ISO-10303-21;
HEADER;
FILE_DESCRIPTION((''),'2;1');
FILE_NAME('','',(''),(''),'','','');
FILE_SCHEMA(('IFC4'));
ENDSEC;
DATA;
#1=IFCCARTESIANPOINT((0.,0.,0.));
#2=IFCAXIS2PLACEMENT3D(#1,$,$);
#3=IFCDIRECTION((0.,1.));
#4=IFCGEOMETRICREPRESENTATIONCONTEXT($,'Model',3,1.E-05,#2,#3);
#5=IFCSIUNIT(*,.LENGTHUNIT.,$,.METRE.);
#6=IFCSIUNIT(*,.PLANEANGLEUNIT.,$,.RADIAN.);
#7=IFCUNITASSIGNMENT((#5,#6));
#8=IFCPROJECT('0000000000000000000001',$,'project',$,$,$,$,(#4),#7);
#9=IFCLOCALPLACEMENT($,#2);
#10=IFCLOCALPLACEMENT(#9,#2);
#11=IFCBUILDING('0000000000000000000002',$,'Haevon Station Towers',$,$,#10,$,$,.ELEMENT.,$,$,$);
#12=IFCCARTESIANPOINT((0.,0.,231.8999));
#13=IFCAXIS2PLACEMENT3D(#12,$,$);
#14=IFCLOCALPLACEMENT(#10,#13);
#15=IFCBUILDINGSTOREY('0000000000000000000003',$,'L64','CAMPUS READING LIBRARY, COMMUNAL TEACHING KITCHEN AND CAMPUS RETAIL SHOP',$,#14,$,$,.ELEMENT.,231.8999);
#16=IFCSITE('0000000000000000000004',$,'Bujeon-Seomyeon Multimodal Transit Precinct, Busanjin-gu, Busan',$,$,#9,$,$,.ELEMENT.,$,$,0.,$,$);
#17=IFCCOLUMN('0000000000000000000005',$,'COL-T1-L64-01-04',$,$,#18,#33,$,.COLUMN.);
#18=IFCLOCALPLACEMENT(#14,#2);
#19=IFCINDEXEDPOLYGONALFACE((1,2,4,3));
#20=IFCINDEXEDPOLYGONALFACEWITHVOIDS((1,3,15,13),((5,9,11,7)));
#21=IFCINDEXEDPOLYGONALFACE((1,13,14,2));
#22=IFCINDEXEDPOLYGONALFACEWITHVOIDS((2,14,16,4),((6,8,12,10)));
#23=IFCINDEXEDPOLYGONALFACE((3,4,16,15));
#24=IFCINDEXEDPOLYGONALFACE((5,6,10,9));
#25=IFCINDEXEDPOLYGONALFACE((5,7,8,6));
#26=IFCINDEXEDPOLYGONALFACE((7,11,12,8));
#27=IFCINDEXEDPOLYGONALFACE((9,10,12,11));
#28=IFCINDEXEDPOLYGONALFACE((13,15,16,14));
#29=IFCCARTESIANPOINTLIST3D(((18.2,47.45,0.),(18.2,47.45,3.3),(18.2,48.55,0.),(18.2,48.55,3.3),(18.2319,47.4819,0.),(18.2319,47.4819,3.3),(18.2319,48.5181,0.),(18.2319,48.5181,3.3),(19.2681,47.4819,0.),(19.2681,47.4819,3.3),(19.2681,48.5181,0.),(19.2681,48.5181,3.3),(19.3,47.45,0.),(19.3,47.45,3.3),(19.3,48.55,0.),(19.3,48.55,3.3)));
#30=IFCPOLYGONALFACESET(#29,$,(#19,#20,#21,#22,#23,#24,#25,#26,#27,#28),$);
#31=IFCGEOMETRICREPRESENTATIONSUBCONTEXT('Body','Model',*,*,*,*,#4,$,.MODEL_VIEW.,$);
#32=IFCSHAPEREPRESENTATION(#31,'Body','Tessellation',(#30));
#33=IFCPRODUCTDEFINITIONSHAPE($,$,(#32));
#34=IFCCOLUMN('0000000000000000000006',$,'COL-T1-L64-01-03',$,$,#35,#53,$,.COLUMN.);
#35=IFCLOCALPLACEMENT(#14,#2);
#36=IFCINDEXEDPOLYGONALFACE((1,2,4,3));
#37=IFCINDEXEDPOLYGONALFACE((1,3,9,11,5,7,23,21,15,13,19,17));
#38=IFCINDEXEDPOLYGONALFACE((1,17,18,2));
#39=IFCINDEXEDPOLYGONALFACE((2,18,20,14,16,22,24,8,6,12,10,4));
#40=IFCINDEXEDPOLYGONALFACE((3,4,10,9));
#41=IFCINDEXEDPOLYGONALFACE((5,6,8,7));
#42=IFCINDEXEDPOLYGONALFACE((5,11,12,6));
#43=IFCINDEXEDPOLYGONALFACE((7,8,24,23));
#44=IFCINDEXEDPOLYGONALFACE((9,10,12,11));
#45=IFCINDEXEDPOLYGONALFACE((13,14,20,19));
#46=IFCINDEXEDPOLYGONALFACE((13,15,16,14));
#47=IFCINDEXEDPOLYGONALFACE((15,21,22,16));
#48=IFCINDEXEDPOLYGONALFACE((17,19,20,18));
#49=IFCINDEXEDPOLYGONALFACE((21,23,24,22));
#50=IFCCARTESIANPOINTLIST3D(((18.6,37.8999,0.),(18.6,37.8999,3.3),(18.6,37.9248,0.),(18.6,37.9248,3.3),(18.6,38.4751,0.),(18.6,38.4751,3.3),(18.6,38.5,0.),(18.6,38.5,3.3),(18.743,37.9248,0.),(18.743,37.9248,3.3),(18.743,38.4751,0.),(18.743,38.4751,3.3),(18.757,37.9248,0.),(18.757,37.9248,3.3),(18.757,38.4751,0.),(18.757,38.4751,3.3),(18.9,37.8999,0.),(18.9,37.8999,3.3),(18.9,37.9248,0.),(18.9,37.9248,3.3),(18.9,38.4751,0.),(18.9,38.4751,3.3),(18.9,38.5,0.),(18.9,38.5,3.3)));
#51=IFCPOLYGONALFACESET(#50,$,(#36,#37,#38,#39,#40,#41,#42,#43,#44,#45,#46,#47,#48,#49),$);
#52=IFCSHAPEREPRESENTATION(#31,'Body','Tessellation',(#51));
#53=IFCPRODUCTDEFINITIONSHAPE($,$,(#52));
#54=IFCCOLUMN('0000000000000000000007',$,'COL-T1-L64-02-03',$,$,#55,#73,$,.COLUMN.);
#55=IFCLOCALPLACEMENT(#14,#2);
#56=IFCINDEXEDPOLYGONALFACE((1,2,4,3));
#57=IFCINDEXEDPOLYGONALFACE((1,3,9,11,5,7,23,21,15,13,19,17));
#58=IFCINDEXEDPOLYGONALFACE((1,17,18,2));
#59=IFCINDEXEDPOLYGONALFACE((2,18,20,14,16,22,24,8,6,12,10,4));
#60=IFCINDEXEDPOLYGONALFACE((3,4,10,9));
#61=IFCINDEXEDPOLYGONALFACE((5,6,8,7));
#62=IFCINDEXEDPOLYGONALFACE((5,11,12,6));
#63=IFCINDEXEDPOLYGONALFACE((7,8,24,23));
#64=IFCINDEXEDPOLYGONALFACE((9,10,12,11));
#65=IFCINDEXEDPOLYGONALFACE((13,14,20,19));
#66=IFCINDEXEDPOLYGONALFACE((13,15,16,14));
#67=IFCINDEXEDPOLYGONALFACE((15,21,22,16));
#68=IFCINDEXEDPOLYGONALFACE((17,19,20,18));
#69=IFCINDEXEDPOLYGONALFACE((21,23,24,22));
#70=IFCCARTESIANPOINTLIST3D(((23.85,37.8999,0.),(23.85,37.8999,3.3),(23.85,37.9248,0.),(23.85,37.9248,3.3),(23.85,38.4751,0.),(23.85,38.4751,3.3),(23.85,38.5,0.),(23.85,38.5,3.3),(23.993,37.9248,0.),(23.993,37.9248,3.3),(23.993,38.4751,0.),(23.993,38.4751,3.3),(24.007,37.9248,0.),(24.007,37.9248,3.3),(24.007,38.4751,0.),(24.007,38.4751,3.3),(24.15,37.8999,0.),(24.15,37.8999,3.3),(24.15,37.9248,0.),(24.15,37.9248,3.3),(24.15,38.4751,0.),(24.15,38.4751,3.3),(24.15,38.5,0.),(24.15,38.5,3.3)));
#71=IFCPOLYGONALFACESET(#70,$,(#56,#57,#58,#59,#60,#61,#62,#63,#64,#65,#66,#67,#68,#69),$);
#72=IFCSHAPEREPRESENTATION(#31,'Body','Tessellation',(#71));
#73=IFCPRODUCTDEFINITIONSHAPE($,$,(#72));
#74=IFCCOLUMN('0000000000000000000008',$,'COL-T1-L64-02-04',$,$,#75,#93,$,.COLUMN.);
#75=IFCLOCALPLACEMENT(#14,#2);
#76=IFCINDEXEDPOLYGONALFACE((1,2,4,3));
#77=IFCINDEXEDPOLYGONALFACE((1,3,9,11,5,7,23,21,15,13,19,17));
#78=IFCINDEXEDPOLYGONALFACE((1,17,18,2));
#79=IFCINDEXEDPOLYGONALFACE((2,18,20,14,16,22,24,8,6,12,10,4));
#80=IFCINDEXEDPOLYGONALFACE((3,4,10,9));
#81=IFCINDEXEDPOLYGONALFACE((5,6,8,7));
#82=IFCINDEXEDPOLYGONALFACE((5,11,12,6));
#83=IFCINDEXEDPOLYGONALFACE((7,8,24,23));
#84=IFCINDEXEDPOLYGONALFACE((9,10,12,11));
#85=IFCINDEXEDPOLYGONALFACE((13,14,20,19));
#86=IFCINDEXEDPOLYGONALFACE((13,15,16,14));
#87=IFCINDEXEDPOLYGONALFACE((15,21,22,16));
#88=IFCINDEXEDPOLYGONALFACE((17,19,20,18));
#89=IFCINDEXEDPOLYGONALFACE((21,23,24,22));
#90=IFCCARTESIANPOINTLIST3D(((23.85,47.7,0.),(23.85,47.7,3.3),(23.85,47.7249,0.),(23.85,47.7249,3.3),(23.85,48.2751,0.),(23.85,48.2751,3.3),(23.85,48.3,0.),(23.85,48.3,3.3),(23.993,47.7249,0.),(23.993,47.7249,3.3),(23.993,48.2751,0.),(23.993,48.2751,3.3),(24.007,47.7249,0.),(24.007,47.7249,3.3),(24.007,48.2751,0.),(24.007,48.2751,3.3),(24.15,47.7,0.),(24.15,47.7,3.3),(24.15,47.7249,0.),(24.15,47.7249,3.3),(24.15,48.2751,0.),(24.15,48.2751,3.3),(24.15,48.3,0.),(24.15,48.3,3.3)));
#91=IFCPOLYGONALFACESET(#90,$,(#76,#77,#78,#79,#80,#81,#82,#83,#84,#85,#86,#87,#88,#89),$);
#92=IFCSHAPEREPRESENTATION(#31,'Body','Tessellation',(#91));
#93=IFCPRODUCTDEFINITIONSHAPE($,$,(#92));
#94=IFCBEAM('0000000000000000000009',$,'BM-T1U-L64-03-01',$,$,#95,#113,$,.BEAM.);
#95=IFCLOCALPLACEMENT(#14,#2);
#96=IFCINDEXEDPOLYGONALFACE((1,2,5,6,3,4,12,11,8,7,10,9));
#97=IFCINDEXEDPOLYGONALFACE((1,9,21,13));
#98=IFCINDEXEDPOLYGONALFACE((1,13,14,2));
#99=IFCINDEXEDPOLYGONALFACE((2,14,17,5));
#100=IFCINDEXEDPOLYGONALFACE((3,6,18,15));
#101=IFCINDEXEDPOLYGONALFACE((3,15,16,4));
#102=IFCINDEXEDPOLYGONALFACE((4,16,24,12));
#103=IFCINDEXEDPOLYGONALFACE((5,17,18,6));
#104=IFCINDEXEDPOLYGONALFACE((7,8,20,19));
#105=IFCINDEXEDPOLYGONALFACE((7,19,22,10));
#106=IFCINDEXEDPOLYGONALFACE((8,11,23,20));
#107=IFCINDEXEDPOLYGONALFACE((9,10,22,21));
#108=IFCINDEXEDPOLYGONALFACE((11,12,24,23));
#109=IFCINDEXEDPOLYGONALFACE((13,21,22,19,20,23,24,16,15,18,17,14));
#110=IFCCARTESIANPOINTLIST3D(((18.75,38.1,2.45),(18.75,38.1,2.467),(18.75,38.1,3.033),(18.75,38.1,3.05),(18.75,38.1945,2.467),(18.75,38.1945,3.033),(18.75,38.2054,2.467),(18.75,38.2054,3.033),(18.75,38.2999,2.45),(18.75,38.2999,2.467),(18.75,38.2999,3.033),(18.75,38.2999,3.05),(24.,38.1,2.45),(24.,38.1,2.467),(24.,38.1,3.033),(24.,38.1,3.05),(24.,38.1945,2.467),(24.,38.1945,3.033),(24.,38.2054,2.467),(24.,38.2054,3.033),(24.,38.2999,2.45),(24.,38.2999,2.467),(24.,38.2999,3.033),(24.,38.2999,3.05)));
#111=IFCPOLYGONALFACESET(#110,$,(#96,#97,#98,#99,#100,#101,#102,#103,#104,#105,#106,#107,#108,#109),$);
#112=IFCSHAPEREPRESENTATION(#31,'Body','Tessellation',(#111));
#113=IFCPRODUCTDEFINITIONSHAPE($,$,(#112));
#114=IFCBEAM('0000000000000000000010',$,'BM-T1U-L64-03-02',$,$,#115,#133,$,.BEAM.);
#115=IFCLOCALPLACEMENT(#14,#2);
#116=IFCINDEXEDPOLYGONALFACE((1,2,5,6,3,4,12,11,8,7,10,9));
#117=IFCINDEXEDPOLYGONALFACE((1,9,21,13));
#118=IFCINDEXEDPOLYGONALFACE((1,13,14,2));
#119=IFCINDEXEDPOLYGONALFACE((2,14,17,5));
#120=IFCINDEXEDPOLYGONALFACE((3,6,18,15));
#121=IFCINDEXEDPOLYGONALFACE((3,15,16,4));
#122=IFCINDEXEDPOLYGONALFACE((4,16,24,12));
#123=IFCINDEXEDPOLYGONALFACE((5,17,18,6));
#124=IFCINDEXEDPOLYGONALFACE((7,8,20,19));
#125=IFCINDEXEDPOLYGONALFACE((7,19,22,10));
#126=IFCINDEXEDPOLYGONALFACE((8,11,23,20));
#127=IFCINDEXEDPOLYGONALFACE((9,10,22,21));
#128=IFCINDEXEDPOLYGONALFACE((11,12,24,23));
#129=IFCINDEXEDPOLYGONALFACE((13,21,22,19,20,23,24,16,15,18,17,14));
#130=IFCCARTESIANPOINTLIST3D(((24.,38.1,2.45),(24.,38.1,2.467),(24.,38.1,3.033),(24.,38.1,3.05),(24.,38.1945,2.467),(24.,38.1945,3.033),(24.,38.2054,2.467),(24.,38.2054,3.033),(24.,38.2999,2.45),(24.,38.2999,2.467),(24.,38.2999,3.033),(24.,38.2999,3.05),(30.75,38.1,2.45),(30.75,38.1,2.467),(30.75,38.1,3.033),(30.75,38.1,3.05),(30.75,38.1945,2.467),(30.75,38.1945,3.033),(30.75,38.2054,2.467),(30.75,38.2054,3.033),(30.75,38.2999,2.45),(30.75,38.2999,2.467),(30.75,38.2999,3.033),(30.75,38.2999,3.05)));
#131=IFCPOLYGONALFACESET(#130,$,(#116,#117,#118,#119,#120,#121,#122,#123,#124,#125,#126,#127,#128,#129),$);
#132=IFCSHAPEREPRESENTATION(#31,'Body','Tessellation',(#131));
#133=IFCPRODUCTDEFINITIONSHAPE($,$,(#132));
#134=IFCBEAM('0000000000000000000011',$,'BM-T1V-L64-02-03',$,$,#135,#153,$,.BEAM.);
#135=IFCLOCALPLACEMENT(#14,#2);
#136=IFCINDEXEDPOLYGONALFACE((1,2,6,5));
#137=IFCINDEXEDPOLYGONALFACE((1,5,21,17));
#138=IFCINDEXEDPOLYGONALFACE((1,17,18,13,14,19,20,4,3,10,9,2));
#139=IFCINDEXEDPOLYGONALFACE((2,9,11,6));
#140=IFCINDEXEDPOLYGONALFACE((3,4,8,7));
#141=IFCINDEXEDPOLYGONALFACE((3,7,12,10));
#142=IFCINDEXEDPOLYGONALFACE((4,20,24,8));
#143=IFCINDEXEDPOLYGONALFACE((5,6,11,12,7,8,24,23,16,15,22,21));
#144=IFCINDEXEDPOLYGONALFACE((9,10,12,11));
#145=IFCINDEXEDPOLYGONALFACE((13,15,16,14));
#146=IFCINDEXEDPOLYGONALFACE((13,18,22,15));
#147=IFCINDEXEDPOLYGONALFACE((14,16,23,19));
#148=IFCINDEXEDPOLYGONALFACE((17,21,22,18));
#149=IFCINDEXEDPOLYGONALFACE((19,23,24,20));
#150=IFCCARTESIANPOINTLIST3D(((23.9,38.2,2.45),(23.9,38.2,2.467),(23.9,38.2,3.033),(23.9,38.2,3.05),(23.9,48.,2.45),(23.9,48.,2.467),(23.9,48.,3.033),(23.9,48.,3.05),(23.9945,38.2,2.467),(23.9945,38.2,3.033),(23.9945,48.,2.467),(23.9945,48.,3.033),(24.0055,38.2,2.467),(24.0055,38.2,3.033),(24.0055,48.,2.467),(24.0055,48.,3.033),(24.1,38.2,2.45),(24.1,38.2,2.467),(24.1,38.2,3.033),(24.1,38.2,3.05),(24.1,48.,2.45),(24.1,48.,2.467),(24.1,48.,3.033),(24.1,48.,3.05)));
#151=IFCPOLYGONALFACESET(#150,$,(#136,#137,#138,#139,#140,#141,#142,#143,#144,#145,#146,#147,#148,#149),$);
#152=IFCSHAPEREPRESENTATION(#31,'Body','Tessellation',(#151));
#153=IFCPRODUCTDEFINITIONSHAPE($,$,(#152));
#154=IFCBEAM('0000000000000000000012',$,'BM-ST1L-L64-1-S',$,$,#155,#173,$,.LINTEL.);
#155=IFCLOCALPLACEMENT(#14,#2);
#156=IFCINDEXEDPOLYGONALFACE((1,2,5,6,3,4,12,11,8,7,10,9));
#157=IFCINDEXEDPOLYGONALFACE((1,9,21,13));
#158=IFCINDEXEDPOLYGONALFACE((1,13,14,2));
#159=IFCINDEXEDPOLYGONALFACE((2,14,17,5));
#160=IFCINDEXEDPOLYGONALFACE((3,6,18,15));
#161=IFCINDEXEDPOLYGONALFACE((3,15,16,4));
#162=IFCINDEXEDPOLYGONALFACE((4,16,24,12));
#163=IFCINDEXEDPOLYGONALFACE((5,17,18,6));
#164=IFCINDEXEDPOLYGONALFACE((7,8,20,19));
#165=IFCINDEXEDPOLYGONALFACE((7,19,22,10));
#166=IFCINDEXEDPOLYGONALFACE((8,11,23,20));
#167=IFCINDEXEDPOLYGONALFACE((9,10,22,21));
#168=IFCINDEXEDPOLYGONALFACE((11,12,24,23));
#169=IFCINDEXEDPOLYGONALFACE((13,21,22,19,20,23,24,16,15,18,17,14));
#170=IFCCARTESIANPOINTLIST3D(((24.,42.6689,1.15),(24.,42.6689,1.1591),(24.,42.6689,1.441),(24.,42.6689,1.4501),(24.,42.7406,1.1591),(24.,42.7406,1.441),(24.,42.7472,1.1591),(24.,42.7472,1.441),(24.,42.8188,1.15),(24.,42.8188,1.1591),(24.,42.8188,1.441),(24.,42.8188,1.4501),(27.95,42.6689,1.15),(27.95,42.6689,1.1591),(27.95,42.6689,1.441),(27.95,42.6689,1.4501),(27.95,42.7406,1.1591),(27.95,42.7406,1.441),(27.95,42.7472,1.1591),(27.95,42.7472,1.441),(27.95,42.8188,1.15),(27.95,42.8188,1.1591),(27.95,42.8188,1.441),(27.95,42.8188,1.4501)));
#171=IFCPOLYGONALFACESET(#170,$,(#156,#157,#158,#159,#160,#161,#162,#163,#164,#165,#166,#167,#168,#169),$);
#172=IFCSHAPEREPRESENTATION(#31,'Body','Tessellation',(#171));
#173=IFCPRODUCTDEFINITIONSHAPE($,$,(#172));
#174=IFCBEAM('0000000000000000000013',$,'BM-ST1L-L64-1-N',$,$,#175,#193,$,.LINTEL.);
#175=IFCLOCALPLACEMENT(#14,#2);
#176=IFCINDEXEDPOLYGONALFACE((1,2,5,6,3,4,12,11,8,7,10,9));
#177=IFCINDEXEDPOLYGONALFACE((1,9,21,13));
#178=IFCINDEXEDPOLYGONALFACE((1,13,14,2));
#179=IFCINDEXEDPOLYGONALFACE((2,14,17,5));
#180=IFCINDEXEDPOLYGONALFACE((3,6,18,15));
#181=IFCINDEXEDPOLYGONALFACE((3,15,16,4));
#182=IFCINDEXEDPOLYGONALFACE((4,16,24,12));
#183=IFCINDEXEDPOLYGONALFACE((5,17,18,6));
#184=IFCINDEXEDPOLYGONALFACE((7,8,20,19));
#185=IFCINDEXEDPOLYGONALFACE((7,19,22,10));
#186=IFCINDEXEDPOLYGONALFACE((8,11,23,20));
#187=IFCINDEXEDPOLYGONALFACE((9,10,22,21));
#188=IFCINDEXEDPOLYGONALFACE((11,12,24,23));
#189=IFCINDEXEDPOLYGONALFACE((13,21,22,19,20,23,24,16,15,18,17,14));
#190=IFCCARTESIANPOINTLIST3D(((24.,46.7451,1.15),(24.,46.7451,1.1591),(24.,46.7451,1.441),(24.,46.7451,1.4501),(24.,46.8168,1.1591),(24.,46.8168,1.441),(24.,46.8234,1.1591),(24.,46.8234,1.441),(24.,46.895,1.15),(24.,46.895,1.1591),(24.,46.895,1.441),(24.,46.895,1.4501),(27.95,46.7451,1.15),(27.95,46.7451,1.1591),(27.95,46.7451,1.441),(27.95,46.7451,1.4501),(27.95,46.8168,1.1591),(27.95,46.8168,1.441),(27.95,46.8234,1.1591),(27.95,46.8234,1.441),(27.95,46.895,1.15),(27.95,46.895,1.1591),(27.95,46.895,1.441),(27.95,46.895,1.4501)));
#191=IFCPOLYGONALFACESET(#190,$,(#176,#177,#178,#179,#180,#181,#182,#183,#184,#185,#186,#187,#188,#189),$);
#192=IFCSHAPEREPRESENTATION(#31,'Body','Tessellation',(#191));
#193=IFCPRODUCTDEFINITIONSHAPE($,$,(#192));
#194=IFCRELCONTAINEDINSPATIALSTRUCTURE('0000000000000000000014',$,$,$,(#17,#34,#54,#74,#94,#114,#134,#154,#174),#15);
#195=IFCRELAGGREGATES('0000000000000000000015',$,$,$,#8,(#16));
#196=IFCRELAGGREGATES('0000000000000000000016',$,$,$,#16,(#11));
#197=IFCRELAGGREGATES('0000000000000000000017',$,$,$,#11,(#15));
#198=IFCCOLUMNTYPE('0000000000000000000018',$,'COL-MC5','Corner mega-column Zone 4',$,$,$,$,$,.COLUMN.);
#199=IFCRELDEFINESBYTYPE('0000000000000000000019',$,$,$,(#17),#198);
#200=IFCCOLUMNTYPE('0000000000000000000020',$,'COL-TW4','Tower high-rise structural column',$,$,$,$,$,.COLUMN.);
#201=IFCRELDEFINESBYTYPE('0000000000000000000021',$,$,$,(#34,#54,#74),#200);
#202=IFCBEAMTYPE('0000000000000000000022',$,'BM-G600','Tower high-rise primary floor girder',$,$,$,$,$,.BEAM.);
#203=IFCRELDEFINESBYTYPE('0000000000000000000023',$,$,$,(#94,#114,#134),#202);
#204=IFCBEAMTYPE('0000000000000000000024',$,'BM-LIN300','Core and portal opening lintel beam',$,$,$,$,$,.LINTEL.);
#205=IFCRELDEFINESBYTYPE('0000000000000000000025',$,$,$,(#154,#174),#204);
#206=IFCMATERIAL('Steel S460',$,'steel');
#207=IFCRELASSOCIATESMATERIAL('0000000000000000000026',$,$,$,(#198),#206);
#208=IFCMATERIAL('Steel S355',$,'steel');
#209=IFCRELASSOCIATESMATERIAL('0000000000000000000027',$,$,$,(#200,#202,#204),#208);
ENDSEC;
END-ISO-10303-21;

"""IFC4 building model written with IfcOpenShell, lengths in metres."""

from ifc_helpers import new_model, si_unit, direction, frame, origin, origin_2d, place, context, subcontext, project, spatial, hollow_rectangle, i_section, extrude, material, material_profile, profile_set, type_object, element, save


model = new_model("IFC4")

# Units and contexts
model_context = context("Model", 3, precision=1e-05, world=origin(), true_north=direction((0.0, 1.0)))
body_context = subcontext(model_context, "Body", "Model", "MODEL_VIEW")
ifc_project = project(units=[si_unit("LENGTHUNIT", "METRE"), si_unit("PLANEANGLEUNIT", "RADIAN")], contexts=[model_context])

# Site, building, storey
site_placement = place(None, origin())
site = spatial("IfcSite", under=ifc_project, at=site_placement, Name="Bujeon-Seomyeon Multimodal Transit Precinct, Busanjin-gu, Busan", CompositionType="ELEMENT", RefElevation=0.0)
building_placement = place(site_placement, origin())
building = spatial("IfcBuilding", under=site, at=building_placement, Name="Haevon Station Towers", CompositionType="ELEMENT")
storey_placement = place(building_placement, frame((0.0, 0.0, 231.8999)))
storey = spatial("IfcBuildingStorey", under=building, at=storey_placement, Name="L64", Description="CAMPUS READING LIBRARY, COMMUNAL TEACHING KITCHEN AND CAMPUS RETAIL SHOP", CompositionType="ELEMENT", Elevation=231.8999)

# Columns
ifc_material_1 = material(Name="Steel S460", Category="steel")
ifc_material_profile_1 = material_profile(ifc_material_1, hollow_rectangle(XDim=1.1001, YDim=1.1001, WallThickness=0.032, at=origin_2d()), Name="BOX-1100x1100x32")
ifc_profile_set_1 = profile_set([ifc_material_profile_1], Name="Steel S460")
column_type_1 = type_object("IfcColumnType", Name="COL-MC5", Description="Corner mega-column Zone 4", PredefinedType="COLUMN", material=ifc_profile_set_1)
column_placement = place(storey_placement, frame((18.75, 48.0, 0.0), z_axis=(0.0, 0.0, 1.0), x_axis=(1.0, 0.0, 0.0)))
element("IfcColumn", 1, at=column_placement, inside=storey, type_object=column_type_1, Name="COL-T1-L64-01-04", PredefinedType="COLUMN", context=body_context, shape_type="SweptSolid", body=[
    extrude(hollow_rectangle(XDim=1.1001, YDim=1.1001, WallThickness=0.032, at=origin_2d()), origin(), (0.0, 0.0, 1.0), 3.3),
])
ifc_material_2 = material(Name="Steel S355", Category="steel")
ifc_material_profile_2 = material_profile(ifc_material_2, i_section(OverallWidth=0.3, OverallDepth=0.6001, WebThickness=0.0139, FlangeThickness=0.0249, at=origin_2d()), Name="H-600x300x14x25")
ifc_profile_set_2 = profile_set([ifc_material_profile_2], Name="Steel S355")
column_type_2 = type_object("IfcColumnType", Name="COL-TW4", Description="Tower high-rise structural column", PredefinedType="COLUMN", material=ifc_profile_set_2)
for number, where, z_axis, x_axis, name in (
    (2, (18.75, 38.2, 0.0), (0.0, 0.0, 1.0), (1.0, 0.0, 0.0), "COL-T1-L64-01-03"),
    (3, (24.0, 38.2, 0.0), (0.0, 0.0, 1.0), (1.0, 0.0, 0.0), "COL-T1-L64-02-03"),
    (4, (24.0, 48.0, 0.0), (0.0, 0.0, 1.0), (1.0, 0.0, 0.0), "COL-T1-L64-02-04"),
):
    element("IfcColumn", number, at=place(storey_placement, frame(where, z_axis=z_axis, x_axis=x_axis)), inside=storey, type_object=column_type_2, Name=name, PredefinedType="COLUMN", context=body_context, shape_type="SweptSolid", body=[
        extrude(i_section(OverallWidth=0.3, OverallDepth=0.6001, WebThickness=0.0139, FlangeThickness=0.0249, at=origin_2d()), origin(), (0.0, 0.0, 1.0), 3.3),
    ])

# Beams
ifc_material_profile_3 = material_profile(ifc_material_2, i_section(OverallWidth=0.2, OverallDepth=0.6001, WebThickness=0.011, FlangeThickness=0.0171, at=origin_2d()), Name="H-600x200x11x17")
ifc_profile_set_3 = profile_set([ifc_material_profile_3], Name="Steel S355")
beam_type_1 = type_object("IfcBeamType", Name="BM-G600", Description="Tower high-rise primary floor girder", PredefinedType="BEAM", material=ifc_profile_set_3)
beam_1_placement = place(storey_placement, frame((18.75, 38.2, 2.75), z_axis=(1.0, 0.0, 0.0), x_axis=(0.0, 1.0, 0.0)))
element("IfcBeam", 5, at=beam_1_placement, inside=storey, type_object=beam_type_1, Name="BM-T1U-L64-03-01", PredefinedType="BEAM", context=body_context, shape_type="SweptSolid", body=[
    extrude(i_section(OverallWidth=0.2, OverallDepth=0.6001, WebThickness=0.011, FlangeThickness=0.0171, at=origin_2d()), origin(), (0.0, 0.0, 1.0), 5.25),
])
beam_2_placement = place(storey_placement, frame((24.0, 38.2, 2.75), z_axis=(1.0, 0.0, 0.0), x_axis=(0.0, 1.0, 0.0)))
element("IfcBeam", 6, at=beam_2_placement, inside=storey, type_object=beam_type_1, Name="BM-T1U-L64-03-02", PredefinedType="BEAM", context=body_context, shape_type="SweptSolid", body=[
    extrude(i_section(OverallWidth=0.2, OverallDepth=0.6001, WebThickness=0.011, FlangeThickness=0.0171, at=origin_2d()), origin(), (0.0, 0.0, 1.0), 6.75),
])
beam_3_placement = place(storey_placement, frame((24.0, 38.2, 2.75), z_axis=(0.0, 1.0, 0.0), x_axis=(-1.0, 0.0, 0.0)))
element("IfcBeam", 7, at=beam_3_placement, inside=storey, type_object=beam_type_1, Name="BM-T1V-L64-02-03", PredefinedType="BEAM", context=body_context, shape_type="SweptSolid", body=[
    extrude(i_section(OverallWidth=0.2, OverallDepth=0.6001, WebThickness=0.011, FlangeThickness=0.0171, at=origin_2d()), origin(), (0.0, 0.0, 1.0), 9.8),
])
ifc_material_profile_4 = material_profile(ifc_material_2, i_section(OverallWidth=0.1499, OverallDepth=0.3, WebThickness=0.0066, FlangeThickness=0.009, at=origin_2d()), Name="H-300x150x6.5x9")
ifc_profile_set_4 = profile_set([ifc_material_profile_4], Name="Steel S355")
beam_type_2 = type_object("IfcBeamType", Name="BM-LIN300", Description="Core and portal opening lintel beam", PredefinedType="LINTEL", material=ifc_profile_set_4)
for number, where, z_axis, x_axis, name in (
    (8, (24.0, 42.7439, 1.3), (1.0, 0.0, 0.0), (0.0, 1.0, 0.0), "BM-ST1L-L64-1-S"),
    (9, (24.0, 46.8201, 1.3), (1.0, 0.0, 0.0), (0.0, 1.0, 0.0), "BM-ST1L-L64-1-N"),
):
    element("IfcBeam", number, at=place(storey_placement, frame(where, z_axis=z_axis, x_axis=x_axis)), inside=storey, type_object=beam_type_2, Name=name, PredefinedType="LINTEL", context=body_context, shape_type="SweptSolid", body=[
        extrude(i_section(OverallWidth=0.1499, OverallDepth=0.3, WebThickness=0.0066, FlangeThickness=0.009, at=origin_2d()), origin(), (0.0, 0.0, 1.0), 3.95),
    ])

save(model, "model.ifc")
